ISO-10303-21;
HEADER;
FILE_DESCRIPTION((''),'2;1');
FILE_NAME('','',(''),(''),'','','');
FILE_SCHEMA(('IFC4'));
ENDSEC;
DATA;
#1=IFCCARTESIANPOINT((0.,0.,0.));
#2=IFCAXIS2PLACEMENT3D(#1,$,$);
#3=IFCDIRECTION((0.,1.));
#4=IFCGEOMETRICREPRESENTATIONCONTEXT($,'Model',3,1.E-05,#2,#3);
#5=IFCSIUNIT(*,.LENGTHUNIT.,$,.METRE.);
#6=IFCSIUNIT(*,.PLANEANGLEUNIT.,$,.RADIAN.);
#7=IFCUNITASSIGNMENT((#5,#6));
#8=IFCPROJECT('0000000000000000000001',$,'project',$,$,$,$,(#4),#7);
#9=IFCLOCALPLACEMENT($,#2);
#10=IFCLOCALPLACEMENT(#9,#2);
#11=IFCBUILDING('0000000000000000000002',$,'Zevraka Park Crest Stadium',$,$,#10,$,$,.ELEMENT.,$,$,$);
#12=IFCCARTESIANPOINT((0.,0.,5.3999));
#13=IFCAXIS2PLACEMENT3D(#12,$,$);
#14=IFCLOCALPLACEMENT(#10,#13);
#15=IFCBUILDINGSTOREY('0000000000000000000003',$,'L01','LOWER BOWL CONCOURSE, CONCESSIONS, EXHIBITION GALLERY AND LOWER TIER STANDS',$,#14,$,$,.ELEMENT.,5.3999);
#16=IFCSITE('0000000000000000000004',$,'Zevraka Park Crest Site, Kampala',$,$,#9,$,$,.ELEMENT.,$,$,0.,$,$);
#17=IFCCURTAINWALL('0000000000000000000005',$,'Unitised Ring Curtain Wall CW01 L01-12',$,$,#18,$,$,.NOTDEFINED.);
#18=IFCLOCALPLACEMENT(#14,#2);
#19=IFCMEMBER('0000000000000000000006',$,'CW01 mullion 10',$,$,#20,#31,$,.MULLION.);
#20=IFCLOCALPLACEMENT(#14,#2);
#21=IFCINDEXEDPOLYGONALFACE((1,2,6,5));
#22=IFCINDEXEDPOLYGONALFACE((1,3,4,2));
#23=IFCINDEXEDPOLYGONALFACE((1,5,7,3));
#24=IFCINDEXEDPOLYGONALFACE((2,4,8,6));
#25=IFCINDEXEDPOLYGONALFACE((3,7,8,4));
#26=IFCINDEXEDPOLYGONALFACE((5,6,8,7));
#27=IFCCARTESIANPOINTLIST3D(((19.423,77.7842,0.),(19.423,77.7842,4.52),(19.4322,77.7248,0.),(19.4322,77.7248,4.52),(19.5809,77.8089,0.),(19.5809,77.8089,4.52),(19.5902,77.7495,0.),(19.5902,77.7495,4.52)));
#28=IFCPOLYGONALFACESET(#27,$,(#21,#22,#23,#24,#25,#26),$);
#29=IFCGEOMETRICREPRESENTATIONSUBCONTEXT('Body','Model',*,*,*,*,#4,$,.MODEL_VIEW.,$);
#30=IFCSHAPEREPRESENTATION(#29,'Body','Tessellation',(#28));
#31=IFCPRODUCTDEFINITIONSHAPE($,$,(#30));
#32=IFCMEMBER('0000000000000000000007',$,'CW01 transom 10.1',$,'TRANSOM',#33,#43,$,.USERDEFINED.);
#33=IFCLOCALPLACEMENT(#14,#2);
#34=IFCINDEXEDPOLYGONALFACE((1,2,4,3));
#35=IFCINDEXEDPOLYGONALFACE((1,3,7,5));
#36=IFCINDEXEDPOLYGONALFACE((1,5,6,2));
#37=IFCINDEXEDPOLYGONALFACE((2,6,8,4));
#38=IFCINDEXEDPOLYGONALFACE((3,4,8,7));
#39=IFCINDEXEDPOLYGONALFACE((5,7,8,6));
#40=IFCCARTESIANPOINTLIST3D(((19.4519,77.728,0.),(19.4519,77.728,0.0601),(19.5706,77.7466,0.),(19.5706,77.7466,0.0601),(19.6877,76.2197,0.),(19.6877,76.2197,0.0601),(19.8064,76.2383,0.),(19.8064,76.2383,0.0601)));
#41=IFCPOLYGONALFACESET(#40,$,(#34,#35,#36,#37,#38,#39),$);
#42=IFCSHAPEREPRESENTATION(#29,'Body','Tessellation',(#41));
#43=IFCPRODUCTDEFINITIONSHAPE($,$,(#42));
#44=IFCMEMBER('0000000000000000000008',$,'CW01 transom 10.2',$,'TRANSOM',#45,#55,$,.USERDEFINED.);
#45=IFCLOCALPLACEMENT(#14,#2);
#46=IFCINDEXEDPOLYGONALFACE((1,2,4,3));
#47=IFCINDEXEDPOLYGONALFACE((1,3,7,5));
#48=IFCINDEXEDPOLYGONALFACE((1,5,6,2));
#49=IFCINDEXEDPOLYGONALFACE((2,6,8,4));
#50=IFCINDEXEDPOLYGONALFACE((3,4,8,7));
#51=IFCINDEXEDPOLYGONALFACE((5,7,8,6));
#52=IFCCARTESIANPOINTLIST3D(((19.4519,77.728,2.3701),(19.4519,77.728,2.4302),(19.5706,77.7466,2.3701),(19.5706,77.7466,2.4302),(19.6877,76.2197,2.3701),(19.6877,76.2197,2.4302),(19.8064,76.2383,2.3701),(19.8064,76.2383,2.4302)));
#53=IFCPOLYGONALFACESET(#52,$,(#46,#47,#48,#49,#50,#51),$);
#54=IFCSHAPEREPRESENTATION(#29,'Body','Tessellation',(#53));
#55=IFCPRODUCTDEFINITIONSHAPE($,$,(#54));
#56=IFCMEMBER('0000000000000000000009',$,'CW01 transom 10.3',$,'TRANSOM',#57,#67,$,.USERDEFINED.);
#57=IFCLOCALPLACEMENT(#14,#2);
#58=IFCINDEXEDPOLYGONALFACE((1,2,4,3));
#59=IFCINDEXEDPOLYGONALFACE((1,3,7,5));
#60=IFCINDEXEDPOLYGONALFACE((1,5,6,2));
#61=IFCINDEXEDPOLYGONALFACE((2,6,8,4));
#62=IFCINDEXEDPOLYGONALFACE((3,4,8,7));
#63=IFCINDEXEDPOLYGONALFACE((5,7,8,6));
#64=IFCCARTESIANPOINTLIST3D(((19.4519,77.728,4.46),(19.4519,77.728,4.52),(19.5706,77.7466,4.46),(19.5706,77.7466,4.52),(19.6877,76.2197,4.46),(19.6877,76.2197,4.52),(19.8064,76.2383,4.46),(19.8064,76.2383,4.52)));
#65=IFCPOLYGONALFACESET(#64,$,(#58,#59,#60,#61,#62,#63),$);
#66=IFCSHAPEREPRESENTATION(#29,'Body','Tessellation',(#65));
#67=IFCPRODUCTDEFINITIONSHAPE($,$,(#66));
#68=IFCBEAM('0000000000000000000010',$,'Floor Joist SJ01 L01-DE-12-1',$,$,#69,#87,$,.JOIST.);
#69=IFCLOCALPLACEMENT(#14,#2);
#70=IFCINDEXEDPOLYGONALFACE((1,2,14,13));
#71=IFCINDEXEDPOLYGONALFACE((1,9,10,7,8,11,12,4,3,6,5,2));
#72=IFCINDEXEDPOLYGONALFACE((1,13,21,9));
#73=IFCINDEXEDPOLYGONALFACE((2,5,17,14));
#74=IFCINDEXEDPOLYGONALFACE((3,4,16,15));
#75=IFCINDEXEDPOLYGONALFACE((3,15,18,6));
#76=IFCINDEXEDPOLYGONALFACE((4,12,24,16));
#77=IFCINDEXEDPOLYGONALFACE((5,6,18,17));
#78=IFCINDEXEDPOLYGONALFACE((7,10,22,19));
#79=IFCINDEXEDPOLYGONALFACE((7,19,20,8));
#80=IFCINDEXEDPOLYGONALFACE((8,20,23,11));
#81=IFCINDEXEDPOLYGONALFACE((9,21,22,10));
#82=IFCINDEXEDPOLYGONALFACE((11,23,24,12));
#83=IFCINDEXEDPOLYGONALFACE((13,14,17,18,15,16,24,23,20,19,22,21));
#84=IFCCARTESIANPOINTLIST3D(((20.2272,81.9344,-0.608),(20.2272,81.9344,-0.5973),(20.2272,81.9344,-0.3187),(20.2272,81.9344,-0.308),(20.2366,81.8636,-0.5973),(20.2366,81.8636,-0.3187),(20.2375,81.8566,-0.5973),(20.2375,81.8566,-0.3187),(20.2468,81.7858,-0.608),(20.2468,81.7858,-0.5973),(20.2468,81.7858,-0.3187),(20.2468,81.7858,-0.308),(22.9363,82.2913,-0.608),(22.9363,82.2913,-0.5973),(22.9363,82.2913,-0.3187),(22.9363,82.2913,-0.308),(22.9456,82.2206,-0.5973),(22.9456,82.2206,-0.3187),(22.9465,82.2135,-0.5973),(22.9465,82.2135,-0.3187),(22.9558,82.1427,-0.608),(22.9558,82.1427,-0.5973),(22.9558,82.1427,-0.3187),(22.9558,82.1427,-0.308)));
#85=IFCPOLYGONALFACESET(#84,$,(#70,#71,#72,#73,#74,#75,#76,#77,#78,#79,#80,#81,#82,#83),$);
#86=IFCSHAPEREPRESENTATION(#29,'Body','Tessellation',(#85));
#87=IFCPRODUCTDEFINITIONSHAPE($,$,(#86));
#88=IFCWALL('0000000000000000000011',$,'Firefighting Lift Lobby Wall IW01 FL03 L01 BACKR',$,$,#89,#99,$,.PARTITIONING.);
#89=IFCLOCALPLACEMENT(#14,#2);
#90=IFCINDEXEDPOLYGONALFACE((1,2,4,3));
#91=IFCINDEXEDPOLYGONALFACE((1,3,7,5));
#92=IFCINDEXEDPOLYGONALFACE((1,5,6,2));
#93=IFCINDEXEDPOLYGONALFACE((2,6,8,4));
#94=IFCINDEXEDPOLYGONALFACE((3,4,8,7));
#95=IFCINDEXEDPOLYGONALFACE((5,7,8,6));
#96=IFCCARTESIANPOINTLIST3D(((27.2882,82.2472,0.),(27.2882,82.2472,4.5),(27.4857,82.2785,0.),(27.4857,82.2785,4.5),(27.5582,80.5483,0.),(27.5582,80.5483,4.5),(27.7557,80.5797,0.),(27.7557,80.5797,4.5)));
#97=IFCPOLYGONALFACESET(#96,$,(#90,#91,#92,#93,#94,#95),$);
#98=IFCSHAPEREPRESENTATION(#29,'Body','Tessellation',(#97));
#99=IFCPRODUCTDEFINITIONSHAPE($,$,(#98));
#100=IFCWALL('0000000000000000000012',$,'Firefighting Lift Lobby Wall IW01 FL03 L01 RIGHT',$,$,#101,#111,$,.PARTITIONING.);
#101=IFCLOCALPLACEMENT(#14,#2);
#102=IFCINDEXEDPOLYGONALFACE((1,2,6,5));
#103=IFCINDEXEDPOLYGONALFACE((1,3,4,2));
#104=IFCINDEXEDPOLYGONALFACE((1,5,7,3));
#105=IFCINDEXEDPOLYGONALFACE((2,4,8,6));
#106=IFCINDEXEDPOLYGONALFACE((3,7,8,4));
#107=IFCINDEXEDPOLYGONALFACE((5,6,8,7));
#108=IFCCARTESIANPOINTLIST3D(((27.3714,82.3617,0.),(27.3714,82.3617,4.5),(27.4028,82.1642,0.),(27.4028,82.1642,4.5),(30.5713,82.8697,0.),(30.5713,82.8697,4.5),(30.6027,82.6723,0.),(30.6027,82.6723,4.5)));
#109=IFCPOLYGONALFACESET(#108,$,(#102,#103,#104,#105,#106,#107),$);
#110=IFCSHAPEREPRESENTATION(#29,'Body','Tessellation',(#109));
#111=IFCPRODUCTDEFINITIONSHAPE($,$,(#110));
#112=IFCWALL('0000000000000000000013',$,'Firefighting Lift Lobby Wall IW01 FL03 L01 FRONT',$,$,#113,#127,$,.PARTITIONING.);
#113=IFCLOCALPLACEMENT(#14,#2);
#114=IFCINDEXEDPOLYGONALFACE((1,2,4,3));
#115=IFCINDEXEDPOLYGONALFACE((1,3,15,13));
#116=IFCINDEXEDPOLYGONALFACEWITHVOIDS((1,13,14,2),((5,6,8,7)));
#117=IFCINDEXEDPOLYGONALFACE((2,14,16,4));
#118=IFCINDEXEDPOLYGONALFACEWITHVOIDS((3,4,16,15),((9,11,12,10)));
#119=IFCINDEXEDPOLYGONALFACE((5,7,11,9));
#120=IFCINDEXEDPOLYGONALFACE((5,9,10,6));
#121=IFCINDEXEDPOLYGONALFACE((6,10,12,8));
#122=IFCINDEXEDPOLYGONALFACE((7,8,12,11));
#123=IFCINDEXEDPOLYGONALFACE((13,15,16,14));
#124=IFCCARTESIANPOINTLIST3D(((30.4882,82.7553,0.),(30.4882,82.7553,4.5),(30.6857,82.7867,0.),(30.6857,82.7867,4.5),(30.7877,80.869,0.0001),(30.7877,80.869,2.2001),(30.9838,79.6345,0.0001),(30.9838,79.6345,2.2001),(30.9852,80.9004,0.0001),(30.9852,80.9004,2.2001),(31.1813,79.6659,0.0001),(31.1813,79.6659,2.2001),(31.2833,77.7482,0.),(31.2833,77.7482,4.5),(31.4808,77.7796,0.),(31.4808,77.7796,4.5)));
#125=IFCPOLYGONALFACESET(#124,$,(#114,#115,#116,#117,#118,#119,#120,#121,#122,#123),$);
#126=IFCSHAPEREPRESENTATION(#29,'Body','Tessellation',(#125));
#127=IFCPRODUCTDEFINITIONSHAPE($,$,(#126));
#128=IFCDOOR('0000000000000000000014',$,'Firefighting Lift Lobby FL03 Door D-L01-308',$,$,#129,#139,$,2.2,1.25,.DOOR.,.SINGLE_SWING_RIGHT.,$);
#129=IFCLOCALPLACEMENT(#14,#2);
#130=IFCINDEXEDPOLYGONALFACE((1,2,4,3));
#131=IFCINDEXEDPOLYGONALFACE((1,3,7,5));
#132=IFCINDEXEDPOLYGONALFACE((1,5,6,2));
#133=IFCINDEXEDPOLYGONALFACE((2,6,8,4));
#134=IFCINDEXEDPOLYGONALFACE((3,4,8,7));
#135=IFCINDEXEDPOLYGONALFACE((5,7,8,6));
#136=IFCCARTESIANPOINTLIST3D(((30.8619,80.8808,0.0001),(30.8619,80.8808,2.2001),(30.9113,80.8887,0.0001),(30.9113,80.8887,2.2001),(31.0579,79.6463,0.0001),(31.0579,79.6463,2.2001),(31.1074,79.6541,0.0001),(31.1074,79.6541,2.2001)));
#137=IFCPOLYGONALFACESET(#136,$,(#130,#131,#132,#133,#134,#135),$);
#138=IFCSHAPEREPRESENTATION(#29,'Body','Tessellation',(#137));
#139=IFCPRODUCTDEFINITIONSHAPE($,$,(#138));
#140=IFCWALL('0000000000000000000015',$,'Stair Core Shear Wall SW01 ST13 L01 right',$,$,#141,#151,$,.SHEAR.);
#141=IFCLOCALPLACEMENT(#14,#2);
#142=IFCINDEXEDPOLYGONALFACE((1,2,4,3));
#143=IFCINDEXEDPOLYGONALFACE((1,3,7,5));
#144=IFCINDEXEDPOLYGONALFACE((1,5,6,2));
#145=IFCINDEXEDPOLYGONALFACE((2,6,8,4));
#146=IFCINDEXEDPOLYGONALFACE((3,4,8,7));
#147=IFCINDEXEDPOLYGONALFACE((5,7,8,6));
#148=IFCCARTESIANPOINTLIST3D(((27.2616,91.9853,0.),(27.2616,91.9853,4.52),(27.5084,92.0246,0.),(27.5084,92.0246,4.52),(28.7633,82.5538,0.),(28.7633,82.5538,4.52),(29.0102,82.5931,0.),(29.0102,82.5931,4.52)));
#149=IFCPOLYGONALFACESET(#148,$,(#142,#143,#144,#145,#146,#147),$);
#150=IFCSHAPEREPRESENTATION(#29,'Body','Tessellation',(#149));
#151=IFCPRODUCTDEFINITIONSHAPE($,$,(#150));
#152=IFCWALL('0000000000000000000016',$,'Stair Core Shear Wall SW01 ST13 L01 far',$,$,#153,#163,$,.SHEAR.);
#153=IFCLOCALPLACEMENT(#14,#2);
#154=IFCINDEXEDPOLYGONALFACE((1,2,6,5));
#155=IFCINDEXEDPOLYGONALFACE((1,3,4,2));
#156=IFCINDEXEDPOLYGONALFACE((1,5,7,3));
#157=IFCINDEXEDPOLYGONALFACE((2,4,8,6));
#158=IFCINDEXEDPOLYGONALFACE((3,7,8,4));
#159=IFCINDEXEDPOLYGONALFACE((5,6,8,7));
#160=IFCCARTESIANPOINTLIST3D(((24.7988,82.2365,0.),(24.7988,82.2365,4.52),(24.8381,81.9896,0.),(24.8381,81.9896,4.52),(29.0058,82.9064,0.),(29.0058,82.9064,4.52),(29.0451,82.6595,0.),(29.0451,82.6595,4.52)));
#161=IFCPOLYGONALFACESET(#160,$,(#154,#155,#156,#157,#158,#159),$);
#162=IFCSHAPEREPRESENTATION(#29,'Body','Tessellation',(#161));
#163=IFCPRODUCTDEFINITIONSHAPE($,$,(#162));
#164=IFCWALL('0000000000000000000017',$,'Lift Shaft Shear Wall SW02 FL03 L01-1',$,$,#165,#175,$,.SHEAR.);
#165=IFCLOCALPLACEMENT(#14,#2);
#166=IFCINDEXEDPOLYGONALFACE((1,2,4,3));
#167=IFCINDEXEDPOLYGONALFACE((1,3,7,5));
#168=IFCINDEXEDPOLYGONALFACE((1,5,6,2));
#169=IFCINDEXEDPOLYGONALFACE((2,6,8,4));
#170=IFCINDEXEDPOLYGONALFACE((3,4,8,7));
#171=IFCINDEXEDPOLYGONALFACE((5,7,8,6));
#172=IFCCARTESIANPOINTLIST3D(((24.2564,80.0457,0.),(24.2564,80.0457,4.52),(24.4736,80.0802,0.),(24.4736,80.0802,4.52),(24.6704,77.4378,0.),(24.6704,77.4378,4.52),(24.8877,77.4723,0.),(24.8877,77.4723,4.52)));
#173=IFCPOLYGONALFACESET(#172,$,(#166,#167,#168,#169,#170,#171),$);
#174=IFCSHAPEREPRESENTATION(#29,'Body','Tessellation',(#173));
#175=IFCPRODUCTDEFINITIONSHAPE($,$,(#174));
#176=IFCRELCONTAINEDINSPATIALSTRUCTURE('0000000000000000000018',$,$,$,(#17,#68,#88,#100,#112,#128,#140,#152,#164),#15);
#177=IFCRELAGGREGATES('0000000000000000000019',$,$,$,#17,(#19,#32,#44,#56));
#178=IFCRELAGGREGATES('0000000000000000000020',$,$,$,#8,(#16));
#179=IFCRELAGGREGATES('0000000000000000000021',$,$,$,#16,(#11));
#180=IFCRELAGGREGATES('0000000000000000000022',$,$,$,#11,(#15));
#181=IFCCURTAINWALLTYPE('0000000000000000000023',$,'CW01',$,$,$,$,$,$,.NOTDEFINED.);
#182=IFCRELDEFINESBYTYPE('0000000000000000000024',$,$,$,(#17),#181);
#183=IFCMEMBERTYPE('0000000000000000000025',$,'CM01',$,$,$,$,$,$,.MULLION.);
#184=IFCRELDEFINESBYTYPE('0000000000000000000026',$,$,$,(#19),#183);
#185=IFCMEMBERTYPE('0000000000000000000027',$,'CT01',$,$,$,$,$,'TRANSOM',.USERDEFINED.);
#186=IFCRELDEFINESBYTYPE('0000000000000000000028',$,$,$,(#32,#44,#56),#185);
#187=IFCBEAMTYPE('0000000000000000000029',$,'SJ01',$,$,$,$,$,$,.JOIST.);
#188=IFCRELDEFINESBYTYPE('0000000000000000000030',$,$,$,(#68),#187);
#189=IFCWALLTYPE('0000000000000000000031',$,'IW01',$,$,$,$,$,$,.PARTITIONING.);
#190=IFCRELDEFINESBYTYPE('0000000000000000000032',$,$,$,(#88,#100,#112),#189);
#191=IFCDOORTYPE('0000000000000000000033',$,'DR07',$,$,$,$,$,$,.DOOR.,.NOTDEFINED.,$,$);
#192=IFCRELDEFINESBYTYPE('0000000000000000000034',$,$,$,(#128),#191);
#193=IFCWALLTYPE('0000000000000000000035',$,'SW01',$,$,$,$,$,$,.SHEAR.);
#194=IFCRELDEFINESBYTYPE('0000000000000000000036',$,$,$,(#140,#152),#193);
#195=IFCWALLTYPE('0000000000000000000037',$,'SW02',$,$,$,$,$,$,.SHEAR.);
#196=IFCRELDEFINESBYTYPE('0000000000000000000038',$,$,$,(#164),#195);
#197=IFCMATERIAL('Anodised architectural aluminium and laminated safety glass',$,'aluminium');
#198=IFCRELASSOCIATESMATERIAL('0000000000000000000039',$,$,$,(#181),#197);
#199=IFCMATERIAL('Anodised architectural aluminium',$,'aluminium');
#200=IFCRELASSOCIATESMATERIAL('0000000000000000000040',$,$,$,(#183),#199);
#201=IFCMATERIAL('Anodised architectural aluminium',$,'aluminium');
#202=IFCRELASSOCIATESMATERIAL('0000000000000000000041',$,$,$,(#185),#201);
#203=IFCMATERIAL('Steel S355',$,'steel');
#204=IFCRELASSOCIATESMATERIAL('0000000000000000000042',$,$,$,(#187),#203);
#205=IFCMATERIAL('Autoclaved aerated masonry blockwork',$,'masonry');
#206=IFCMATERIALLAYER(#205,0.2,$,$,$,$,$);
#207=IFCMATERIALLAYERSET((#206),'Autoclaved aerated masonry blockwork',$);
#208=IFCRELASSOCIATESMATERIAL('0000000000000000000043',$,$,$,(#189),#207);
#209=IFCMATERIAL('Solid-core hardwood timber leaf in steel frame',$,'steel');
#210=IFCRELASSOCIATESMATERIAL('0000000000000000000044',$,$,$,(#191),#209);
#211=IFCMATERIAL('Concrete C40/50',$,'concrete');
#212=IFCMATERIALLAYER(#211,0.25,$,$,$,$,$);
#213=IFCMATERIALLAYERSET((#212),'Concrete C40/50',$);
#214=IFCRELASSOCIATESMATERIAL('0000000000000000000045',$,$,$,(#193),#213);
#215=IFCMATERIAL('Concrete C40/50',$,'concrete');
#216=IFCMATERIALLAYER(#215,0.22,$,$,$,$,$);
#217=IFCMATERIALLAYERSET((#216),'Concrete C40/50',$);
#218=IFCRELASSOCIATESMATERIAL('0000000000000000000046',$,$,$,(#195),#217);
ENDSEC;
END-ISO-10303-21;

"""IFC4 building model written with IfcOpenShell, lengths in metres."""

from ifc_helpers import new_model, si_unit, direction, frame, frame_2d, origin, origin_2d, place, context, subcontext, project, spatial, rectangle, i_section, extrude, material, layer, layer_set, material_profile, profile_set, type_object, element, fill, aggregate, save


model = new_model("IFC4")

# Units and contexts
model_context = context("Model", 3, precision=1e-05, world=origin(), true_north=direction((0.0, 1.0)))
body_context = subcontext(model_context, "Body", "Model", "MODEL_VIEW")
ifc_project = project(units=[si_unit("LENGTHUNIT", "METRE"), si_unit("PLANEANGLEUNIT", "RADIAN")], contexts=[model_context])

# Site, building, storey
site_placement = place(None, origin())
site = spatial("IfcSite", under=ifc_project, at=site_placement, Name="Zevraka Park Crest Site, Kampala", CompositionType="ELEMENT", RefElevation=0.0)
building_placement = place(site_placement, origin())
building = spatial("IfcBuilding", under=site, at=building_placement, Name="Zevraka Park Crest Stadium", CompositionType="ELEMENT")
storey_placement = place(building_placement, frame((0.0, 0.0, 5.3999)))
storey = spatial("IfcBuildingStorey", under=building, at=storey_placement, Name="L01", Description="LOWER BOWL CONCOURSE, CONCESSIONS, EXHIBITION GALLERY AND LOWER TIER STANDS", CompositionType="ELEMENT", Elevation=5.3999)

# Curtain wall, members
ifc_material_1 = material(Name="Anodised architectural aluminium and laminated safety glass", Category="aluminium")
curtain_wall_type = type_object("IfcCurtainWallType", Name="CW01", PredefinedType="NOTDEFINED", material=ifc_material_1)
curtain_wall_placement = place(storey_placement, origin())
curtain_wall = element("IfcCurtainWall", 1, at=curtain_wall_placement, inside=storey, type_object=curtain_wall_type, Name="Unitised Ring Curtain Wall CW01 L01-12", PredefinedType="NOTDEFINED")
ifc_material_2 = material(Name="Anodised architectural aluminium", Category="aluminium")
ifc_material_profile_1 = material_profile(ifc_material_2, rectangle(XDim=0.1599, YDim=0.0601, at=origin_2d()), Name="ALU MULLION 160x60")
ifc_profile_set_1 = profile_set([ifc_material_profile_1], Name="Anodised architectural aluminium")
member_type_1 = type_object("IfcMemberType", Name="CM01", PredefinedType="MULLION", material=ifc_profile_set_1)
member_1_placement = place(storey_placement, frame((19.5066, 77.7668, 0.0), z_axis=(0.0, 0.0, 1.0), x_axis=(0.987997, 0.154476, 0.0)))
member_1 = element("IfcMember", 2, at=member_1_placement, type_object=member_type_1, Name="CW01 mullion 10", PredefinedType="MULLION", context=body_context, shape_type="SweptSolid", body=[
    extrude(rectangle(XDim=0.1599, YDim=0.0601, at=origin_2d()), origin(), (0.0, 0.0, 1.0), 4.52),
])
ifc_material_3 = material(Name="Anodised architectural aluminium", Category="aluminium")
ifc_material_profile_2 = material_profile(ifc_material_3, rectangle(XDim=0.1201, YDim=0.0601, at=origin_2d()), Name="ALU TRANSOM 120x60")
ifc_profile_set_2 = profile_set([ifc_material_profile_2], Name="Anodised architectural aluminium")
member_type_2 = type_object("IfcMemberType", Name="CT01", ElementType="TRANSOM", PredefinedType="USERDEFINED", material=ifc_profile_set_2)
member_2_placement = place(storey_placement, frame((19.5112, 77.7373, 0.03), z_axis=(0.154484, -0.987995, 0.0), x_axis=(0.987995, 0.154484, 0.0)))
member_2 = element("IfcMember", 3, at=member_2_placement, type_object=member_type_2, Name="CW01 transom 10.1", ObjectType="TRANSOM", PredefinedType="USERDEFINED", context=body_context, shape_type="SweptSolid", body=[
    extrude(rectangle(XDim=0.1201, YDim=0.0601, at=origin_2d()), origin(), (0.0, 0.0, 1.0), 1.5266),
])
member_3_placement = place(storey_placement, frame((19.5112, 77.7373, 2.4001), z_axis=(0.154484, -0.987995, 0.0), x_axis=(0.987995, 0.154484, 0.0)))
member_3 = element("IfcMember", 4, at=member_3_placement, type_object=member_type_2, Name="CW01 transom 10.2", ObjectType="TRANSOM", PredefinedType="USERDEFINED", context=body_context, shape_type="SweptSolid", body=[
    extrude(rectangle(XDim=0.1201, YDim=0.0601, at=origin_2d()), origin(), (0.0, 0.0, 1.0), 1.5266),
])
member_4_placement = place(storey_placement, frame((19.5112, 77.7373, 4.49), z_axis=(0.154484, -0.987995, 0.0), x_axis=(0.987995, 0.154484, 0.0)))
member_4 = element("IfcMember", 5, at=member_4_placement, type_object=member_type_2, Name="CW01 transom 10.3", ObjectType="TRANSOM", PredefinedType="USERDEFINED", context=body_context, shape_type="SweptSolid", body=[
    extrude(rectangle(XDim=0.1201, YDim=0.0601, at=origin_2d()), origin(), (0.0, 0.0, 1.0), 1.5266),
])
aggregate(curtain_wall, [member_1, member_2, member_3, member_4])

# Beam
ifc_material_4 = material(Name="Steel S355", Category="steel")
ifc_material_profile_3 = material_profile(ifc_material_4, i_section(OverallWidth=0.1499, OverallDepth=0.3, WebThickness=0.0071, FlangeThickness=0.0107, at=origin_2d()), Name="IPE 300")
ifc_profile_set_3 = profile_set([ifc_material_profile_3], Name="Steel S355")
beam_type = type_object("IfcBeamType", Name="SJ01", PredefinedType="JOIST", material=ifc_profile_set_3)
beam_placement = place(storey_placement, frame((22.946, 82.217, -0.458), z_axis=(-0.991431, -0.13063, 0.0), x_axis=(0.13063, -0.991431, 0.0)))
element("IfcBeam", 6, at=beam_placement, inside=storey, type_object=beam_type, Name="Floor Joist SJ01 L01-DE-12-1", PredefinedType="JOIST", context=body_context, shape_type="SweptSolid", body=[
    extrude(i_section(OverallWidth=0.1499, OverallDepth=0.3, WebThickness=0.0071, FlangeThickness=0.0107, at=origin_2d()), origin(), (0.0, 0.0, 1.0), 2.7324),
])

# Walls
ifc_material_5 = material(Name="Autoclaved aerated masonry blockwork", Category="masonry")
ifc_layer_1 = layer(ifc_material_5, 0.2)
ifc_layer_set_1 = layer_set([ifc_layer_1], Name="Autoclaved aerated masonry blockwork")
wall_type_1 = type_object("IfcWallType", Name="IW01", PredefinedType="PARTITIONING", material=ifc_layer_set_1)
wall_1_placement = place(storey_placement, frame((27.657, 80.564, 0.0), z_axis=(0.0, 0.0, 1.0), x_axis=(-0.156961, 0.987605, 0.0)))
element("IfcWall", 7, at=wall_1_placement, inside=storey, type_object=wall_type_1, Name="Firefighting Lift Lobby Wall IW01 FL03 L01 BACKR", PredefinedType="PARTITIONING", context=body_context, shape_type="SweptSolid", body=[
    extrude(rectangle(XDim=1.7202, YDim=0.2, at=frame_2d((0.8601, 0.0))), origin(), (0.0, 0.0, 1.0), 4.5),
])
wall_2_placement = place(storey_placement, frame((27.387, 82.2629, 0.0), z_axis=(0.0, 0.0, 1.0), x_axis=(0.987629, 0.156806, 0.0)))
element("IfcWall", 8, at=wall_2_placement, inside=storey, type_object=wall_type_1, Name="Firefighting Lift Lobby Wall IW01 FL03 L01 RIGHT", PredefinedType="PARTITIONING", context=body_context, shape_type="SweptSolid", body=[
    extrude(rectangle(XDim=3.24, YDim=0.2, at=frame_2d((1.6201, 0.0))), origin(), (0.0, 0.0, 1.0), 4.5),
])

# Wall, opening, door
wall_3_placement = place(storey_placement, frame((31.3821, 77.7639, 0.0), z_axis=(0.0, 0.0, 1.0), x_axis=(-0.156843, 0.987624, 0.0)))
wall_3 = element("IfcWall", 9, at=wall_3_placement, inside=storey, type_object=wall_type_1, Name="Firefighting Lift Lobby Wall IW01 FL03 L01 FRONT", PredefinedType="PARTITIONING", context=body_context, shape_type="SweptSolid", body=[
    extrude(rectangle(XDim=5.0698, YDim=0.2, at=frame_2d((2.5349, 0.0))), origin(), (0.0, 0.0, 1.0), 4.5),
])
opening_1_placement = place(wall_3_placement, frame((1.9099, 0.0, 0.0)))
opening_1 = element("IfcOpeningElement", 10, at=opening_1_placement, cuts=wall_3, PredefinedType="OPENING", context=body_context, shape_type="SweptSolid", body=[
    extrude(rectangle(XDim=1.25, YDim=2.2, at=frame_2d((0.625, 1.1001))), frame((0.0, 0.1099, 0.0), z_axis=(0.0, -1.0, 0.0), x_axis=(1.0, 0.0, 0.0)), (0.0, 0.0, 1.0), 0.22),
])
ifc_material_6 = material(Name="Solid-core hardwood timber leaf in steel frame", Category="steel")
door_type_1 = type_object("IfcDoorType", Name="DR07", OperationType="NOTDEFINED", PredefinedType="DOOR", material=ifc_material_6)
door_1_placement = place(opening_1_placement, origin())
door_1 = element("IfcDoor", 11, at=door_1_placement, inside=storey, type_object=door_type_1, Name="Firefighting Lift Lobby FL03 Door D-L01-308", OperationType="SINGLE_SWING_RIGHT", OverallHeight=2.2, OverallWidth=1.25, PredefinedType="DOOR", context=body_context, shape_type="SweptSolid", body=[
    extrude(rectangle(XDim=1.25, YDim=2.2, at=frame_2d((0.625, 1.1001))), frame((0.0, 0.0249, 0.0), z_axis=(0.0, -1.0, 0.0), x_axis=(1.0, 0.0, 0.0)), (0.0, 0.0, 1.0), 0.05),
])
fill(opening_1, door_1)

# Walls
ifc_material_7 = material(Name="Concrete C40/50", Category="concrete")
ifc_layer_2 = layer(ifc_material_7, 0.25)
ifc_layer_set_2 = layer_set([ifc_layer_2], Name="Concrete C40/50")
wall_type_2 = type_object("IfcWallType", Name="SW01", PredefinedType="SHEAR", material=ifc_layer_set_2)
wall_4_placement = place(storey_placement, frame((28.8867, 82.5735, 0.0), z_axis=(0.0, 0.0, 1.0), x_axis=(-0.157244, 0.98756, 0.0)))
element("IfcWall", 12, at=wall_4_placement, inside=storey, type_object=wall_type_2, Name="Stair Core Shear Wall SW01 ST13 L01 right", PredefinedType="SHEAR", context=body_context, shape_type="SweptSolid", body=[
    extrude(rectangle(XDim=9.5503, YDim=0.25, at=frame_2d((4.7751, 0.0))), origin(), (0.0, 0.0, 1.0), 4.52),
])
wall_5_placement = place(storey_placement, frame((24.8186, 82.113, 0.0), z_axis=(0.0, 0.0, 1.0), x_axis=(0.987558, 0.157257, 0.0)))
element("IfcWall", 13, at=wall_5_placement, inside=storey, type_object=wall_type_2, Name="Stair Core Shear Wall SW01 ST13 L01 far", PredefinedType="SHEAR", context=body_context, shape_type="SweptSolid", body=[
    extrude(rectangle(XDim=4.26, YDim=0.25, at=frame_2d((2.1299, 0.0))), origin(), (0.0, 0.0, 1.0), 4.52),
])
ifc_material_8 = material(Name="Concrete C40/50", Category="concrete")
ifc_layer_3 = layer(ifc_material_8, 0.22)
ifc_layer_set_3 = layer_set([ifc_layer_3], Name="Concrete C40/50")
wall_type_3 = type_object("IfcWallType", Name="SW02", PredefinedType="SHEAR", material=ifc_layer_set_3)
wall_6_placement = place(storey_placement, frame((24.365, 80.063, 0.0), z_axis=(0.0, 0.0, 1.0), x_axis=(0.156808, -0.987629, 0.0)))
element("IfcWall", 14, at=wall_6_placement, inside=storey, type_object=wall_type_3, Name="Lift Shaft Shear Wall SW02 FL03 L01-1", PredefinedType="SHEAR", context=body_context, shape_type="SweptSolid", body=[
    extrude(rectangle(XDim=2.6406, YDim=0.22, at=frame_2d((1.3203, 0.0))), origin(), (0.0, 0.0, 1.0), 4.52),
])

save(model, "model.ifc")
